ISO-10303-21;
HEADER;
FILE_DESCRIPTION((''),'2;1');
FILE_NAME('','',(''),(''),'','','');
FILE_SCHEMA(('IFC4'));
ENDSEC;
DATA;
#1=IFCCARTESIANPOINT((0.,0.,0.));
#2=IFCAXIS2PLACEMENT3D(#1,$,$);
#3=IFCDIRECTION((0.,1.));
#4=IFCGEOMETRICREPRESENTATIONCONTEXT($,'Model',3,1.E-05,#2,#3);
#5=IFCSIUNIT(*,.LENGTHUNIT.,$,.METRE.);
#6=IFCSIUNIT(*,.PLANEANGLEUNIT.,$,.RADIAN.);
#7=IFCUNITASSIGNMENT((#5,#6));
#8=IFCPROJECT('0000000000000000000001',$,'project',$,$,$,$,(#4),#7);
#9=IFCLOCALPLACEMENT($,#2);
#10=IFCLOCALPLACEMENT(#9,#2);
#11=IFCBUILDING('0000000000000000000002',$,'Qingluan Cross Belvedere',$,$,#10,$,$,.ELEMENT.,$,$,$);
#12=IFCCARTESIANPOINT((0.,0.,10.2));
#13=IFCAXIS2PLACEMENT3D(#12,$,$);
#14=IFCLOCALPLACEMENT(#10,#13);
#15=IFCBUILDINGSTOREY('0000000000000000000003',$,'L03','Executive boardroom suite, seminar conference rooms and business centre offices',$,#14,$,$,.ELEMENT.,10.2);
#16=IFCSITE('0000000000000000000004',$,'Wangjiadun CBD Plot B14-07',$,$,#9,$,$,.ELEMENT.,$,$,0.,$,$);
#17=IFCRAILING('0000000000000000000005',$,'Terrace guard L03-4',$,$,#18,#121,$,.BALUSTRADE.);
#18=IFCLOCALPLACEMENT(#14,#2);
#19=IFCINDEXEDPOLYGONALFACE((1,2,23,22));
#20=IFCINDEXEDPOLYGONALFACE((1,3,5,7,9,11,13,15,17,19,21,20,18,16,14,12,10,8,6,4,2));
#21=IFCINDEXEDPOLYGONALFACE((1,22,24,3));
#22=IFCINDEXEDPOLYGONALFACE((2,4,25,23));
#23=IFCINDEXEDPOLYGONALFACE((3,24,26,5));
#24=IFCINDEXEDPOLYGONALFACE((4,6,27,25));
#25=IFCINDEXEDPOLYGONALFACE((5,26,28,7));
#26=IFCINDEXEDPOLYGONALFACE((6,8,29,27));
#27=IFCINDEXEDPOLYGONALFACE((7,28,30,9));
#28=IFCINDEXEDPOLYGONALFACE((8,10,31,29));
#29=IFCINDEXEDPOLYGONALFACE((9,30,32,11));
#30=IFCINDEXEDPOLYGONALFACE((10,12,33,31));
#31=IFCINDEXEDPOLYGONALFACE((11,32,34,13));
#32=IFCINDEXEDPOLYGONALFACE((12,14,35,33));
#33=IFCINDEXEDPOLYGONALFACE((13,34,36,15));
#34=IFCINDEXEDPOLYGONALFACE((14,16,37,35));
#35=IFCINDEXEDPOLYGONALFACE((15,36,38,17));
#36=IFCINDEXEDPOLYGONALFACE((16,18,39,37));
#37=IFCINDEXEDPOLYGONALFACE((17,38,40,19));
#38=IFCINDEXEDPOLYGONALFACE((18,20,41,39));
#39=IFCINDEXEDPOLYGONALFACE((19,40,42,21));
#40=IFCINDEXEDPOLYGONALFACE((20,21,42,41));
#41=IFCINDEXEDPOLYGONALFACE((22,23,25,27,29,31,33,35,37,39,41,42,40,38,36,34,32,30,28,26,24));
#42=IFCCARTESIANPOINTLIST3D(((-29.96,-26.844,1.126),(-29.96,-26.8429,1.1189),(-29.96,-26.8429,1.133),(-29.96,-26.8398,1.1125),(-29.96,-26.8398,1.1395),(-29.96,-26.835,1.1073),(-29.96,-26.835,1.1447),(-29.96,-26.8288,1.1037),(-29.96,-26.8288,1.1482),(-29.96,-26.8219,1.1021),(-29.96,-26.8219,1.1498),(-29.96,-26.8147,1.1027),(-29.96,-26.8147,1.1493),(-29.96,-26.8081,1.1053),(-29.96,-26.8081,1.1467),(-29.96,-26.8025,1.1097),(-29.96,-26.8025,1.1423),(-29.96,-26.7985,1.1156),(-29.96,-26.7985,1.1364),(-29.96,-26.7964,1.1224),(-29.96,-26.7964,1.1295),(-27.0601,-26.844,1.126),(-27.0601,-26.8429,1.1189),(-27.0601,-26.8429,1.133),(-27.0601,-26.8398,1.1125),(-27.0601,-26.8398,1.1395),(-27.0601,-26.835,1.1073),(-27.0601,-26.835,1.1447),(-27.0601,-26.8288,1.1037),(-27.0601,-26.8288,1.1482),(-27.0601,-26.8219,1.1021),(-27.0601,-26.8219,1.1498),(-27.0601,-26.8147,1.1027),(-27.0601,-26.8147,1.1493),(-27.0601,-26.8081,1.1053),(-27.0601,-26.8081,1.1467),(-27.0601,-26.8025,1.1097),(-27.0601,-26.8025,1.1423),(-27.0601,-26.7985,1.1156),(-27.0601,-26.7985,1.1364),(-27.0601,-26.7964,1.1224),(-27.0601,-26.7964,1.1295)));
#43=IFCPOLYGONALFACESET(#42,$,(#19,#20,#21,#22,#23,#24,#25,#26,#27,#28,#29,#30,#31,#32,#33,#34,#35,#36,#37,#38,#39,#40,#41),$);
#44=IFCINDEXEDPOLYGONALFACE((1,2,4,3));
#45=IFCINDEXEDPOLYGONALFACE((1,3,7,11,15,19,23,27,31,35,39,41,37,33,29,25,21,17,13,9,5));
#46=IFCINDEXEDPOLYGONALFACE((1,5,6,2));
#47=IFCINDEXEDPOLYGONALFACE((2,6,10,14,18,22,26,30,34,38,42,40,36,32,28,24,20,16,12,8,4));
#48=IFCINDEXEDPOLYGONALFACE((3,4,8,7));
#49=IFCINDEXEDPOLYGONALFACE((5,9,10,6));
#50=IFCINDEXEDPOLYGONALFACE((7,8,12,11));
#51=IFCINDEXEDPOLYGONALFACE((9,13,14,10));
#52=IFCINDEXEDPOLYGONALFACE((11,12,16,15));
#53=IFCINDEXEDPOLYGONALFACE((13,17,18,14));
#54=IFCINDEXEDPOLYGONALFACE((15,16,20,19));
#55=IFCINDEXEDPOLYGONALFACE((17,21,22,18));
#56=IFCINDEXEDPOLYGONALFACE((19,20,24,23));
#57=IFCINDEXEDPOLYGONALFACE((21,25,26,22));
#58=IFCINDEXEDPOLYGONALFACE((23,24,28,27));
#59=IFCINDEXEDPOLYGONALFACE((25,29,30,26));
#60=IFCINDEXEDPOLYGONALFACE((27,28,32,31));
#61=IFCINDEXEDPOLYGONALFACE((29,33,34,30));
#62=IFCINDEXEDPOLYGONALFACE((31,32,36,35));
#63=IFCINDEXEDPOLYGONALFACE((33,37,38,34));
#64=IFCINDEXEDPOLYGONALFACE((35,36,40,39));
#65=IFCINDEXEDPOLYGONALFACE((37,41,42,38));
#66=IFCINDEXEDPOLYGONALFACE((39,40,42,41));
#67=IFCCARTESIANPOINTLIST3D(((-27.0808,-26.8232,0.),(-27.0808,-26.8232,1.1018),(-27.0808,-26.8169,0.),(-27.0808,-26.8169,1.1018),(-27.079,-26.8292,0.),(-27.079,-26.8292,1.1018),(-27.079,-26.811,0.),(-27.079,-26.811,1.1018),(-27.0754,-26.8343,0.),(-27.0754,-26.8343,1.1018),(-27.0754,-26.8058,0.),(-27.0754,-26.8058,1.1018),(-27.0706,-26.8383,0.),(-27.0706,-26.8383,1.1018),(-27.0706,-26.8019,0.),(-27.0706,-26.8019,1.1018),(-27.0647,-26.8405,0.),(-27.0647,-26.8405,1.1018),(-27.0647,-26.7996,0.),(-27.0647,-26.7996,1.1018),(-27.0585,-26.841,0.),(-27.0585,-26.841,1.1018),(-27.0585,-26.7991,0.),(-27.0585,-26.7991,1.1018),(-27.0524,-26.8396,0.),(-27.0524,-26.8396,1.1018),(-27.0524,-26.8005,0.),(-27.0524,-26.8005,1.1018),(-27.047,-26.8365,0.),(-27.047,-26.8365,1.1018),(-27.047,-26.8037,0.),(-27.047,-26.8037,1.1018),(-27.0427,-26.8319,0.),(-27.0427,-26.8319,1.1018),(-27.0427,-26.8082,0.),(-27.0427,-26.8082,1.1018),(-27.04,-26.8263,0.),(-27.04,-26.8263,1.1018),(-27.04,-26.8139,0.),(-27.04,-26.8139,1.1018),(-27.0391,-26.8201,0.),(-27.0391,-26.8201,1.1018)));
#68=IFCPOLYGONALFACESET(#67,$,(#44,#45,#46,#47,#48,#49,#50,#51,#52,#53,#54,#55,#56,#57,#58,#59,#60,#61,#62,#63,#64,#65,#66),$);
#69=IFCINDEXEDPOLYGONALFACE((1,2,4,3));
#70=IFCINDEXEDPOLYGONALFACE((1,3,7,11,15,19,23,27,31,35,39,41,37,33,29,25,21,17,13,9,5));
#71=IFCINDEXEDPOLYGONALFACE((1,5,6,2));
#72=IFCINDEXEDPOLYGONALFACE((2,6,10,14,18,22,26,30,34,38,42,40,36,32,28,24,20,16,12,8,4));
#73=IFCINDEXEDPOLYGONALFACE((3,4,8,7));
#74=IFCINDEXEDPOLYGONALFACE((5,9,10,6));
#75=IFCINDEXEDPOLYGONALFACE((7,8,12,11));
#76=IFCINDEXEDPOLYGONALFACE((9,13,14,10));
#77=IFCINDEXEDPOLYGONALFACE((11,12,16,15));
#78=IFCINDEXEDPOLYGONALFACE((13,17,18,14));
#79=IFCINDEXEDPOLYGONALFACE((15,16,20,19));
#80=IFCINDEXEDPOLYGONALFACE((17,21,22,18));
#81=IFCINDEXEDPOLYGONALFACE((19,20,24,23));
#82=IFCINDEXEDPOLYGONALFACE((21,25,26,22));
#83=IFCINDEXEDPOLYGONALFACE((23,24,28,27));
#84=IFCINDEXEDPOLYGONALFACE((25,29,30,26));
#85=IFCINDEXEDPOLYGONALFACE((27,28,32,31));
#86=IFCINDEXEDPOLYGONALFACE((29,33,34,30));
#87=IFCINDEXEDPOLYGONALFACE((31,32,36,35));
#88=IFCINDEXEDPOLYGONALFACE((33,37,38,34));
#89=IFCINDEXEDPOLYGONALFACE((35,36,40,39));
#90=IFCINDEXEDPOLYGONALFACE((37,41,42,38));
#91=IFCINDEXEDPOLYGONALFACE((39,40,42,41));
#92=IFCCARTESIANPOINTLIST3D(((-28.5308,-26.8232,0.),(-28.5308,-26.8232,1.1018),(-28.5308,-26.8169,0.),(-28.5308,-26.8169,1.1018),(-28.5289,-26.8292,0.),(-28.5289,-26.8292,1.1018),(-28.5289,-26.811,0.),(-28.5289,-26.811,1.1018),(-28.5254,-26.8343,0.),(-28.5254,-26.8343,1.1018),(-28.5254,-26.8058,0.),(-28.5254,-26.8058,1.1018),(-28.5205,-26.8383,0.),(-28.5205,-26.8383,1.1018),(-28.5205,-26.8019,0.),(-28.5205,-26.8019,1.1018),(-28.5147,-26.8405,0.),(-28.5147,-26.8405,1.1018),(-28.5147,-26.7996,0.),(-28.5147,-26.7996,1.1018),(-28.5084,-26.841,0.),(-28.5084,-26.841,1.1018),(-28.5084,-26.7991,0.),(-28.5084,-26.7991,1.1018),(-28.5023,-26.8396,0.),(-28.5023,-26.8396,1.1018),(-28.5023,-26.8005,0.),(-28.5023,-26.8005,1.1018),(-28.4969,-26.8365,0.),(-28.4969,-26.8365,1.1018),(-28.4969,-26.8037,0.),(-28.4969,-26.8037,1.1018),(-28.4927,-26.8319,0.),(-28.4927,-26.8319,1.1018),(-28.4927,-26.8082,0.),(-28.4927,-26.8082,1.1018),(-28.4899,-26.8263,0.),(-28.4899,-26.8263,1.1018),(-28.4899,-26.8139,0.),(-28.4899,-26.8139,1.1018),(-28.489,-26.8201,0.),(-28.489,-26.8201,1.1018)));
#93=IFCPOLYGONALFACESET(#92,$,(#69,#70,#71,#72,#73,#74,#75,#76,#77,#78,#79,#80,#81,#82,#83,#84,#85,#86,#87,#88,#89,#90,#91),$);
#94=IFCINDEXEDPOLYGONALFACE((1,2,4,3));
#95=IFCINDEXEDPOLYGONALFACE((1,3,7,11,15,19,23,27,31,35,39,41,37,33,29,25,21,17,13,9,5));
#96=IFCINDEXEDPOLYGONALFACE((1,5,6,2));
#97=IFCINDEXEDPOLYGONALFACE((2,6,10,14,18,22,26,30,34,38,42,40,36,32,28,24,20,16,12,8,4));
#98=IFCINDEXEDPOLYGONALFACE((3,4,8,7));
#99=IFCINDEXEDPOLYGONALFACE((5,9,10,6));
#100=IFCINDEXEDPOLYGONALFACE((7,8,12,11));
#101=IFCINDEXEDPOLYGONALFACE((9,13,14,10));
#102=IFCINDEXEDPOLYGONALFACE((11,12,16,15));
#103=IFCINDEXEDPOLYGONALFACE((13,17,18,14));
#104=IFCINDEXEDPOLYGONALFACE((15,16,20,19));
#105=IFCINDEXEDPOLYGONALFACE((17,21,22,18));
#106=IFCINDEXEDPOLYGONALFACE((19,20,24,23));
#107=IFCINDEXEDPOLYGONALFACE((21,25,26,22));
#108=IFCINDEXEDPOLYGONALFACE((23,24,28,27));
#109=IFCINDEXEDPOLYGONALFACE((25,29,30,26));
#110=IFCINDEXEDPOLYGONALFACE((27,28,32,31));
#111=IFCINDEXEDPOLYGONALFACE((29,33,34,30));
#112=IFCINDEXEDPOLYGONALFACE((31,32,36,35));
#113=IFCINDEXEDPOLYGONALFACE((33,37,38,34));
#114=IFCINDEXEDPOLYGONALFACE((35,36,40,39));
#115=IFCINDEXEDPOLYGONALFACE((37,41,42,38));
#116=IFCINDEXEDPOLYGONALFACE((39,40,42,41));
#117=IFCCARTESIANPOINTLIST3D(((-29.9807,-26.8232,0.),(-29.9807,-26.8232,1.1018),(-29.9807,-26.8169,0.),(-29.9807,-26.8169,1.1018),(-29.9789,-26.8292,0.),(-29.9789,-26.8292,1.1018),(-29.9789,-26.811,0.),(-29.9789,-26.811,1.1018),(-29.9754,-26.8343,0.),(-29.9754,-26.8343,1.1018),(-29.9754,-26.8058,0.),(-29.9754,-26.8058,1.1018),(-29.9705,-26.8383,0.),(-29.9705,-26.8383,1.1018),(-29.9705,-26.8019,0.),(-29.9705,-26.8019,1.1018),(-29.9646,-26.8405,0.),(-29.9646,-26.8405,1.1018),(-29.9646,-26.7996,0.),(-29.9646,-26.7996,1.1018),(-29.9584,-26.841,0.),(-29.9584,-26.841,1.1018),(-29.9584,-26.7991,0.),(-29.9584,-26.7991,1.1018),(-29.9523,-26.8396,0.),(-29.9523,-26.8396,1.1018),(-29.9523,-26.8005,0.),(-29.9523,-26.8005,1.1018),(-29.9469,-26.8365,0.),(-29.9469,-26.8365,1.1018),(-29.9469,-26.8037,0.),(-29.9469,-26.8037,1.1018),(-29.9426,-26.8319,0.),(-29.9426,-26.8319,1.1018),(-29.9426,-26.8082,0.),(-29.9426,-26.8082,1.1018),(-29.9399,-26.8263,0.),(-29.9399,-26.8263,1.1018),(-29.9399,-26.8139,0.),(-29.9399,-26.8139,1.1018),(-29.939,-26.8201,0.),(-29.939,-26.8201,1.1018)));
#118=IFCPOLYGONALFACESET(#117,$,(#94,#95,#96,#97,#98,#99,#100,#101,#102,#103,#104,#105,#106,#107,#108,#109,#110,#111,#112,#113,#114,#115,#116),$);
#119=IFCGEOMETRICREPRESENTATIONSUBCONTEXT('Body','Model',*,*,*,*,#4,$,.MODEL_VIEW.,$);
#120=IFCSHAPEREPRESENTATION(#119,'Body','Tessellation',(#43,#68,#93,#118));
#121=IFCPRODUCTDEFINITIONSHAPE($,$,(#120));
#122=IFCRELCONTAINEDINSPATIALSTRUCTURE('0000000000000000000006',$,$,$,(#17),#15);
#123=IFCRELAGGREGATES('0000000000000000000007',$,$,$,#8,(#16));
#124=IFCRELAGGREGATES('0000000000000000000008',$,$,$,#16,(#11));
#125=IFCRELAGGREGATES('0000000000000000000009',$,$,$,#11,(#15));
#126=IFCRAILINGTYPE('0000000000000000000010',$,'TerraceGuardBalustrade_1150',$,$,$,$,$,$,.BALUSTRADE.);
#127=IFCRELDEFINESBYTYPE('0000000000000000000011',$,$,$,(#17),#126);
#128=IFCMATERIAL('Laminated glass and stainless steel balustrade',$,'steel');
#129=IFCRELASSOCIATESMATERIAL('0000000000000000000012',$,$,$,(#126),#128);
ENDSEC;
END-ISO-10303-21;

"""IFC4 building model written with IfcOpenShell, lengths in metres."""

from ifc_helpers import new_model, si_unit, direction, frame, origin, origin_2d, place, context, subcontext, project, spatial, circle, extrude, material, type_object, element, save


model = new_model("IFC4")

# Units and contexts
model_context = context("Model", 3, precision=1e-05, world=origin(), true_north=direction((0.0, 1.0)))
body_context = subcontext(model_context, "Body", "Model", "MODEL_VIEW")
ifc_project = project(units=[si_unit("LENGTHUNIT", "METRE"), si_unit("PLANEANGLEUNIT", "RADIAN")], contexts=[model_context])

# Site, building, storey
site_placement = place(None, origin())
site = spatial("IfcSite", under=ifc_project, at=site_placement, Name="Wangjiadun CBD Plot B14-07", CompositionType="ELEMENT", RefElevation=0.0)
building_placement = place(site_placement, origin())
building = spatial("IfcBuilding", under=site, at=building_placement, Name="Qingluan Cross Belvedere", CompositionType="ELEMENT")
storey_placement = place(building_placement, frame((0.0, 0.0, 10.2)))
storey = spatial("IfcBuildingStorey", under=building, at=storey_placement, Name="L03", Description="Executive boardroom suite, seminar conference rooms and business centre offices", CompositionType="ELEMENT", Elevation=10.2)

# Railing
ifc_material_1 = material(Name="Laminated glass and stainless steel balustrade", Category="steel")
railing_type = type_object("IfcRailingType", Name="TerraceGuardBalustrade_1150", PredefinedType="BALUSTRADE", material=ifc_material_1)
railing_1_placement = place(storey_placement, frame((-27.0601, -26.8201, 0.0)))
element("IfcRailing", 1, at=railing_1_placement, inside=storey, type_object=railing_type, Name="Terrace guard L03-4", PredefinedType="BALUSTRADE", context=body_context, shape_type="SweptSolid", body=[
    extrude(circle(Radius=0.0239, at=origin_2d()), frame((0.0, 0.0, 1.126), z_axis=(-1.0, 0.0, 0.0), x_axis=(0.0, -1.0, 0.0)), (0.0, 0.0, 1.0), 2.8999),
    extrude(circle(Radius=0.021, at=origin_2d()), origin(), (0.0, 0.0, 1.0), 1.1018),
    extrude(circle(Radius=0.021, at=origin_2d()), frame((-1.45, 0.0, 0.0)), (0.0, 0.0, 1.0), 1.1018),
    extrude(circle(Radius=0.021, at=origin_2d()), frame((-2.8999, 0.0, 0.0)), (0.0, 0.0, 1.0), 1.1018),
])

save(model, "model.ifc")
